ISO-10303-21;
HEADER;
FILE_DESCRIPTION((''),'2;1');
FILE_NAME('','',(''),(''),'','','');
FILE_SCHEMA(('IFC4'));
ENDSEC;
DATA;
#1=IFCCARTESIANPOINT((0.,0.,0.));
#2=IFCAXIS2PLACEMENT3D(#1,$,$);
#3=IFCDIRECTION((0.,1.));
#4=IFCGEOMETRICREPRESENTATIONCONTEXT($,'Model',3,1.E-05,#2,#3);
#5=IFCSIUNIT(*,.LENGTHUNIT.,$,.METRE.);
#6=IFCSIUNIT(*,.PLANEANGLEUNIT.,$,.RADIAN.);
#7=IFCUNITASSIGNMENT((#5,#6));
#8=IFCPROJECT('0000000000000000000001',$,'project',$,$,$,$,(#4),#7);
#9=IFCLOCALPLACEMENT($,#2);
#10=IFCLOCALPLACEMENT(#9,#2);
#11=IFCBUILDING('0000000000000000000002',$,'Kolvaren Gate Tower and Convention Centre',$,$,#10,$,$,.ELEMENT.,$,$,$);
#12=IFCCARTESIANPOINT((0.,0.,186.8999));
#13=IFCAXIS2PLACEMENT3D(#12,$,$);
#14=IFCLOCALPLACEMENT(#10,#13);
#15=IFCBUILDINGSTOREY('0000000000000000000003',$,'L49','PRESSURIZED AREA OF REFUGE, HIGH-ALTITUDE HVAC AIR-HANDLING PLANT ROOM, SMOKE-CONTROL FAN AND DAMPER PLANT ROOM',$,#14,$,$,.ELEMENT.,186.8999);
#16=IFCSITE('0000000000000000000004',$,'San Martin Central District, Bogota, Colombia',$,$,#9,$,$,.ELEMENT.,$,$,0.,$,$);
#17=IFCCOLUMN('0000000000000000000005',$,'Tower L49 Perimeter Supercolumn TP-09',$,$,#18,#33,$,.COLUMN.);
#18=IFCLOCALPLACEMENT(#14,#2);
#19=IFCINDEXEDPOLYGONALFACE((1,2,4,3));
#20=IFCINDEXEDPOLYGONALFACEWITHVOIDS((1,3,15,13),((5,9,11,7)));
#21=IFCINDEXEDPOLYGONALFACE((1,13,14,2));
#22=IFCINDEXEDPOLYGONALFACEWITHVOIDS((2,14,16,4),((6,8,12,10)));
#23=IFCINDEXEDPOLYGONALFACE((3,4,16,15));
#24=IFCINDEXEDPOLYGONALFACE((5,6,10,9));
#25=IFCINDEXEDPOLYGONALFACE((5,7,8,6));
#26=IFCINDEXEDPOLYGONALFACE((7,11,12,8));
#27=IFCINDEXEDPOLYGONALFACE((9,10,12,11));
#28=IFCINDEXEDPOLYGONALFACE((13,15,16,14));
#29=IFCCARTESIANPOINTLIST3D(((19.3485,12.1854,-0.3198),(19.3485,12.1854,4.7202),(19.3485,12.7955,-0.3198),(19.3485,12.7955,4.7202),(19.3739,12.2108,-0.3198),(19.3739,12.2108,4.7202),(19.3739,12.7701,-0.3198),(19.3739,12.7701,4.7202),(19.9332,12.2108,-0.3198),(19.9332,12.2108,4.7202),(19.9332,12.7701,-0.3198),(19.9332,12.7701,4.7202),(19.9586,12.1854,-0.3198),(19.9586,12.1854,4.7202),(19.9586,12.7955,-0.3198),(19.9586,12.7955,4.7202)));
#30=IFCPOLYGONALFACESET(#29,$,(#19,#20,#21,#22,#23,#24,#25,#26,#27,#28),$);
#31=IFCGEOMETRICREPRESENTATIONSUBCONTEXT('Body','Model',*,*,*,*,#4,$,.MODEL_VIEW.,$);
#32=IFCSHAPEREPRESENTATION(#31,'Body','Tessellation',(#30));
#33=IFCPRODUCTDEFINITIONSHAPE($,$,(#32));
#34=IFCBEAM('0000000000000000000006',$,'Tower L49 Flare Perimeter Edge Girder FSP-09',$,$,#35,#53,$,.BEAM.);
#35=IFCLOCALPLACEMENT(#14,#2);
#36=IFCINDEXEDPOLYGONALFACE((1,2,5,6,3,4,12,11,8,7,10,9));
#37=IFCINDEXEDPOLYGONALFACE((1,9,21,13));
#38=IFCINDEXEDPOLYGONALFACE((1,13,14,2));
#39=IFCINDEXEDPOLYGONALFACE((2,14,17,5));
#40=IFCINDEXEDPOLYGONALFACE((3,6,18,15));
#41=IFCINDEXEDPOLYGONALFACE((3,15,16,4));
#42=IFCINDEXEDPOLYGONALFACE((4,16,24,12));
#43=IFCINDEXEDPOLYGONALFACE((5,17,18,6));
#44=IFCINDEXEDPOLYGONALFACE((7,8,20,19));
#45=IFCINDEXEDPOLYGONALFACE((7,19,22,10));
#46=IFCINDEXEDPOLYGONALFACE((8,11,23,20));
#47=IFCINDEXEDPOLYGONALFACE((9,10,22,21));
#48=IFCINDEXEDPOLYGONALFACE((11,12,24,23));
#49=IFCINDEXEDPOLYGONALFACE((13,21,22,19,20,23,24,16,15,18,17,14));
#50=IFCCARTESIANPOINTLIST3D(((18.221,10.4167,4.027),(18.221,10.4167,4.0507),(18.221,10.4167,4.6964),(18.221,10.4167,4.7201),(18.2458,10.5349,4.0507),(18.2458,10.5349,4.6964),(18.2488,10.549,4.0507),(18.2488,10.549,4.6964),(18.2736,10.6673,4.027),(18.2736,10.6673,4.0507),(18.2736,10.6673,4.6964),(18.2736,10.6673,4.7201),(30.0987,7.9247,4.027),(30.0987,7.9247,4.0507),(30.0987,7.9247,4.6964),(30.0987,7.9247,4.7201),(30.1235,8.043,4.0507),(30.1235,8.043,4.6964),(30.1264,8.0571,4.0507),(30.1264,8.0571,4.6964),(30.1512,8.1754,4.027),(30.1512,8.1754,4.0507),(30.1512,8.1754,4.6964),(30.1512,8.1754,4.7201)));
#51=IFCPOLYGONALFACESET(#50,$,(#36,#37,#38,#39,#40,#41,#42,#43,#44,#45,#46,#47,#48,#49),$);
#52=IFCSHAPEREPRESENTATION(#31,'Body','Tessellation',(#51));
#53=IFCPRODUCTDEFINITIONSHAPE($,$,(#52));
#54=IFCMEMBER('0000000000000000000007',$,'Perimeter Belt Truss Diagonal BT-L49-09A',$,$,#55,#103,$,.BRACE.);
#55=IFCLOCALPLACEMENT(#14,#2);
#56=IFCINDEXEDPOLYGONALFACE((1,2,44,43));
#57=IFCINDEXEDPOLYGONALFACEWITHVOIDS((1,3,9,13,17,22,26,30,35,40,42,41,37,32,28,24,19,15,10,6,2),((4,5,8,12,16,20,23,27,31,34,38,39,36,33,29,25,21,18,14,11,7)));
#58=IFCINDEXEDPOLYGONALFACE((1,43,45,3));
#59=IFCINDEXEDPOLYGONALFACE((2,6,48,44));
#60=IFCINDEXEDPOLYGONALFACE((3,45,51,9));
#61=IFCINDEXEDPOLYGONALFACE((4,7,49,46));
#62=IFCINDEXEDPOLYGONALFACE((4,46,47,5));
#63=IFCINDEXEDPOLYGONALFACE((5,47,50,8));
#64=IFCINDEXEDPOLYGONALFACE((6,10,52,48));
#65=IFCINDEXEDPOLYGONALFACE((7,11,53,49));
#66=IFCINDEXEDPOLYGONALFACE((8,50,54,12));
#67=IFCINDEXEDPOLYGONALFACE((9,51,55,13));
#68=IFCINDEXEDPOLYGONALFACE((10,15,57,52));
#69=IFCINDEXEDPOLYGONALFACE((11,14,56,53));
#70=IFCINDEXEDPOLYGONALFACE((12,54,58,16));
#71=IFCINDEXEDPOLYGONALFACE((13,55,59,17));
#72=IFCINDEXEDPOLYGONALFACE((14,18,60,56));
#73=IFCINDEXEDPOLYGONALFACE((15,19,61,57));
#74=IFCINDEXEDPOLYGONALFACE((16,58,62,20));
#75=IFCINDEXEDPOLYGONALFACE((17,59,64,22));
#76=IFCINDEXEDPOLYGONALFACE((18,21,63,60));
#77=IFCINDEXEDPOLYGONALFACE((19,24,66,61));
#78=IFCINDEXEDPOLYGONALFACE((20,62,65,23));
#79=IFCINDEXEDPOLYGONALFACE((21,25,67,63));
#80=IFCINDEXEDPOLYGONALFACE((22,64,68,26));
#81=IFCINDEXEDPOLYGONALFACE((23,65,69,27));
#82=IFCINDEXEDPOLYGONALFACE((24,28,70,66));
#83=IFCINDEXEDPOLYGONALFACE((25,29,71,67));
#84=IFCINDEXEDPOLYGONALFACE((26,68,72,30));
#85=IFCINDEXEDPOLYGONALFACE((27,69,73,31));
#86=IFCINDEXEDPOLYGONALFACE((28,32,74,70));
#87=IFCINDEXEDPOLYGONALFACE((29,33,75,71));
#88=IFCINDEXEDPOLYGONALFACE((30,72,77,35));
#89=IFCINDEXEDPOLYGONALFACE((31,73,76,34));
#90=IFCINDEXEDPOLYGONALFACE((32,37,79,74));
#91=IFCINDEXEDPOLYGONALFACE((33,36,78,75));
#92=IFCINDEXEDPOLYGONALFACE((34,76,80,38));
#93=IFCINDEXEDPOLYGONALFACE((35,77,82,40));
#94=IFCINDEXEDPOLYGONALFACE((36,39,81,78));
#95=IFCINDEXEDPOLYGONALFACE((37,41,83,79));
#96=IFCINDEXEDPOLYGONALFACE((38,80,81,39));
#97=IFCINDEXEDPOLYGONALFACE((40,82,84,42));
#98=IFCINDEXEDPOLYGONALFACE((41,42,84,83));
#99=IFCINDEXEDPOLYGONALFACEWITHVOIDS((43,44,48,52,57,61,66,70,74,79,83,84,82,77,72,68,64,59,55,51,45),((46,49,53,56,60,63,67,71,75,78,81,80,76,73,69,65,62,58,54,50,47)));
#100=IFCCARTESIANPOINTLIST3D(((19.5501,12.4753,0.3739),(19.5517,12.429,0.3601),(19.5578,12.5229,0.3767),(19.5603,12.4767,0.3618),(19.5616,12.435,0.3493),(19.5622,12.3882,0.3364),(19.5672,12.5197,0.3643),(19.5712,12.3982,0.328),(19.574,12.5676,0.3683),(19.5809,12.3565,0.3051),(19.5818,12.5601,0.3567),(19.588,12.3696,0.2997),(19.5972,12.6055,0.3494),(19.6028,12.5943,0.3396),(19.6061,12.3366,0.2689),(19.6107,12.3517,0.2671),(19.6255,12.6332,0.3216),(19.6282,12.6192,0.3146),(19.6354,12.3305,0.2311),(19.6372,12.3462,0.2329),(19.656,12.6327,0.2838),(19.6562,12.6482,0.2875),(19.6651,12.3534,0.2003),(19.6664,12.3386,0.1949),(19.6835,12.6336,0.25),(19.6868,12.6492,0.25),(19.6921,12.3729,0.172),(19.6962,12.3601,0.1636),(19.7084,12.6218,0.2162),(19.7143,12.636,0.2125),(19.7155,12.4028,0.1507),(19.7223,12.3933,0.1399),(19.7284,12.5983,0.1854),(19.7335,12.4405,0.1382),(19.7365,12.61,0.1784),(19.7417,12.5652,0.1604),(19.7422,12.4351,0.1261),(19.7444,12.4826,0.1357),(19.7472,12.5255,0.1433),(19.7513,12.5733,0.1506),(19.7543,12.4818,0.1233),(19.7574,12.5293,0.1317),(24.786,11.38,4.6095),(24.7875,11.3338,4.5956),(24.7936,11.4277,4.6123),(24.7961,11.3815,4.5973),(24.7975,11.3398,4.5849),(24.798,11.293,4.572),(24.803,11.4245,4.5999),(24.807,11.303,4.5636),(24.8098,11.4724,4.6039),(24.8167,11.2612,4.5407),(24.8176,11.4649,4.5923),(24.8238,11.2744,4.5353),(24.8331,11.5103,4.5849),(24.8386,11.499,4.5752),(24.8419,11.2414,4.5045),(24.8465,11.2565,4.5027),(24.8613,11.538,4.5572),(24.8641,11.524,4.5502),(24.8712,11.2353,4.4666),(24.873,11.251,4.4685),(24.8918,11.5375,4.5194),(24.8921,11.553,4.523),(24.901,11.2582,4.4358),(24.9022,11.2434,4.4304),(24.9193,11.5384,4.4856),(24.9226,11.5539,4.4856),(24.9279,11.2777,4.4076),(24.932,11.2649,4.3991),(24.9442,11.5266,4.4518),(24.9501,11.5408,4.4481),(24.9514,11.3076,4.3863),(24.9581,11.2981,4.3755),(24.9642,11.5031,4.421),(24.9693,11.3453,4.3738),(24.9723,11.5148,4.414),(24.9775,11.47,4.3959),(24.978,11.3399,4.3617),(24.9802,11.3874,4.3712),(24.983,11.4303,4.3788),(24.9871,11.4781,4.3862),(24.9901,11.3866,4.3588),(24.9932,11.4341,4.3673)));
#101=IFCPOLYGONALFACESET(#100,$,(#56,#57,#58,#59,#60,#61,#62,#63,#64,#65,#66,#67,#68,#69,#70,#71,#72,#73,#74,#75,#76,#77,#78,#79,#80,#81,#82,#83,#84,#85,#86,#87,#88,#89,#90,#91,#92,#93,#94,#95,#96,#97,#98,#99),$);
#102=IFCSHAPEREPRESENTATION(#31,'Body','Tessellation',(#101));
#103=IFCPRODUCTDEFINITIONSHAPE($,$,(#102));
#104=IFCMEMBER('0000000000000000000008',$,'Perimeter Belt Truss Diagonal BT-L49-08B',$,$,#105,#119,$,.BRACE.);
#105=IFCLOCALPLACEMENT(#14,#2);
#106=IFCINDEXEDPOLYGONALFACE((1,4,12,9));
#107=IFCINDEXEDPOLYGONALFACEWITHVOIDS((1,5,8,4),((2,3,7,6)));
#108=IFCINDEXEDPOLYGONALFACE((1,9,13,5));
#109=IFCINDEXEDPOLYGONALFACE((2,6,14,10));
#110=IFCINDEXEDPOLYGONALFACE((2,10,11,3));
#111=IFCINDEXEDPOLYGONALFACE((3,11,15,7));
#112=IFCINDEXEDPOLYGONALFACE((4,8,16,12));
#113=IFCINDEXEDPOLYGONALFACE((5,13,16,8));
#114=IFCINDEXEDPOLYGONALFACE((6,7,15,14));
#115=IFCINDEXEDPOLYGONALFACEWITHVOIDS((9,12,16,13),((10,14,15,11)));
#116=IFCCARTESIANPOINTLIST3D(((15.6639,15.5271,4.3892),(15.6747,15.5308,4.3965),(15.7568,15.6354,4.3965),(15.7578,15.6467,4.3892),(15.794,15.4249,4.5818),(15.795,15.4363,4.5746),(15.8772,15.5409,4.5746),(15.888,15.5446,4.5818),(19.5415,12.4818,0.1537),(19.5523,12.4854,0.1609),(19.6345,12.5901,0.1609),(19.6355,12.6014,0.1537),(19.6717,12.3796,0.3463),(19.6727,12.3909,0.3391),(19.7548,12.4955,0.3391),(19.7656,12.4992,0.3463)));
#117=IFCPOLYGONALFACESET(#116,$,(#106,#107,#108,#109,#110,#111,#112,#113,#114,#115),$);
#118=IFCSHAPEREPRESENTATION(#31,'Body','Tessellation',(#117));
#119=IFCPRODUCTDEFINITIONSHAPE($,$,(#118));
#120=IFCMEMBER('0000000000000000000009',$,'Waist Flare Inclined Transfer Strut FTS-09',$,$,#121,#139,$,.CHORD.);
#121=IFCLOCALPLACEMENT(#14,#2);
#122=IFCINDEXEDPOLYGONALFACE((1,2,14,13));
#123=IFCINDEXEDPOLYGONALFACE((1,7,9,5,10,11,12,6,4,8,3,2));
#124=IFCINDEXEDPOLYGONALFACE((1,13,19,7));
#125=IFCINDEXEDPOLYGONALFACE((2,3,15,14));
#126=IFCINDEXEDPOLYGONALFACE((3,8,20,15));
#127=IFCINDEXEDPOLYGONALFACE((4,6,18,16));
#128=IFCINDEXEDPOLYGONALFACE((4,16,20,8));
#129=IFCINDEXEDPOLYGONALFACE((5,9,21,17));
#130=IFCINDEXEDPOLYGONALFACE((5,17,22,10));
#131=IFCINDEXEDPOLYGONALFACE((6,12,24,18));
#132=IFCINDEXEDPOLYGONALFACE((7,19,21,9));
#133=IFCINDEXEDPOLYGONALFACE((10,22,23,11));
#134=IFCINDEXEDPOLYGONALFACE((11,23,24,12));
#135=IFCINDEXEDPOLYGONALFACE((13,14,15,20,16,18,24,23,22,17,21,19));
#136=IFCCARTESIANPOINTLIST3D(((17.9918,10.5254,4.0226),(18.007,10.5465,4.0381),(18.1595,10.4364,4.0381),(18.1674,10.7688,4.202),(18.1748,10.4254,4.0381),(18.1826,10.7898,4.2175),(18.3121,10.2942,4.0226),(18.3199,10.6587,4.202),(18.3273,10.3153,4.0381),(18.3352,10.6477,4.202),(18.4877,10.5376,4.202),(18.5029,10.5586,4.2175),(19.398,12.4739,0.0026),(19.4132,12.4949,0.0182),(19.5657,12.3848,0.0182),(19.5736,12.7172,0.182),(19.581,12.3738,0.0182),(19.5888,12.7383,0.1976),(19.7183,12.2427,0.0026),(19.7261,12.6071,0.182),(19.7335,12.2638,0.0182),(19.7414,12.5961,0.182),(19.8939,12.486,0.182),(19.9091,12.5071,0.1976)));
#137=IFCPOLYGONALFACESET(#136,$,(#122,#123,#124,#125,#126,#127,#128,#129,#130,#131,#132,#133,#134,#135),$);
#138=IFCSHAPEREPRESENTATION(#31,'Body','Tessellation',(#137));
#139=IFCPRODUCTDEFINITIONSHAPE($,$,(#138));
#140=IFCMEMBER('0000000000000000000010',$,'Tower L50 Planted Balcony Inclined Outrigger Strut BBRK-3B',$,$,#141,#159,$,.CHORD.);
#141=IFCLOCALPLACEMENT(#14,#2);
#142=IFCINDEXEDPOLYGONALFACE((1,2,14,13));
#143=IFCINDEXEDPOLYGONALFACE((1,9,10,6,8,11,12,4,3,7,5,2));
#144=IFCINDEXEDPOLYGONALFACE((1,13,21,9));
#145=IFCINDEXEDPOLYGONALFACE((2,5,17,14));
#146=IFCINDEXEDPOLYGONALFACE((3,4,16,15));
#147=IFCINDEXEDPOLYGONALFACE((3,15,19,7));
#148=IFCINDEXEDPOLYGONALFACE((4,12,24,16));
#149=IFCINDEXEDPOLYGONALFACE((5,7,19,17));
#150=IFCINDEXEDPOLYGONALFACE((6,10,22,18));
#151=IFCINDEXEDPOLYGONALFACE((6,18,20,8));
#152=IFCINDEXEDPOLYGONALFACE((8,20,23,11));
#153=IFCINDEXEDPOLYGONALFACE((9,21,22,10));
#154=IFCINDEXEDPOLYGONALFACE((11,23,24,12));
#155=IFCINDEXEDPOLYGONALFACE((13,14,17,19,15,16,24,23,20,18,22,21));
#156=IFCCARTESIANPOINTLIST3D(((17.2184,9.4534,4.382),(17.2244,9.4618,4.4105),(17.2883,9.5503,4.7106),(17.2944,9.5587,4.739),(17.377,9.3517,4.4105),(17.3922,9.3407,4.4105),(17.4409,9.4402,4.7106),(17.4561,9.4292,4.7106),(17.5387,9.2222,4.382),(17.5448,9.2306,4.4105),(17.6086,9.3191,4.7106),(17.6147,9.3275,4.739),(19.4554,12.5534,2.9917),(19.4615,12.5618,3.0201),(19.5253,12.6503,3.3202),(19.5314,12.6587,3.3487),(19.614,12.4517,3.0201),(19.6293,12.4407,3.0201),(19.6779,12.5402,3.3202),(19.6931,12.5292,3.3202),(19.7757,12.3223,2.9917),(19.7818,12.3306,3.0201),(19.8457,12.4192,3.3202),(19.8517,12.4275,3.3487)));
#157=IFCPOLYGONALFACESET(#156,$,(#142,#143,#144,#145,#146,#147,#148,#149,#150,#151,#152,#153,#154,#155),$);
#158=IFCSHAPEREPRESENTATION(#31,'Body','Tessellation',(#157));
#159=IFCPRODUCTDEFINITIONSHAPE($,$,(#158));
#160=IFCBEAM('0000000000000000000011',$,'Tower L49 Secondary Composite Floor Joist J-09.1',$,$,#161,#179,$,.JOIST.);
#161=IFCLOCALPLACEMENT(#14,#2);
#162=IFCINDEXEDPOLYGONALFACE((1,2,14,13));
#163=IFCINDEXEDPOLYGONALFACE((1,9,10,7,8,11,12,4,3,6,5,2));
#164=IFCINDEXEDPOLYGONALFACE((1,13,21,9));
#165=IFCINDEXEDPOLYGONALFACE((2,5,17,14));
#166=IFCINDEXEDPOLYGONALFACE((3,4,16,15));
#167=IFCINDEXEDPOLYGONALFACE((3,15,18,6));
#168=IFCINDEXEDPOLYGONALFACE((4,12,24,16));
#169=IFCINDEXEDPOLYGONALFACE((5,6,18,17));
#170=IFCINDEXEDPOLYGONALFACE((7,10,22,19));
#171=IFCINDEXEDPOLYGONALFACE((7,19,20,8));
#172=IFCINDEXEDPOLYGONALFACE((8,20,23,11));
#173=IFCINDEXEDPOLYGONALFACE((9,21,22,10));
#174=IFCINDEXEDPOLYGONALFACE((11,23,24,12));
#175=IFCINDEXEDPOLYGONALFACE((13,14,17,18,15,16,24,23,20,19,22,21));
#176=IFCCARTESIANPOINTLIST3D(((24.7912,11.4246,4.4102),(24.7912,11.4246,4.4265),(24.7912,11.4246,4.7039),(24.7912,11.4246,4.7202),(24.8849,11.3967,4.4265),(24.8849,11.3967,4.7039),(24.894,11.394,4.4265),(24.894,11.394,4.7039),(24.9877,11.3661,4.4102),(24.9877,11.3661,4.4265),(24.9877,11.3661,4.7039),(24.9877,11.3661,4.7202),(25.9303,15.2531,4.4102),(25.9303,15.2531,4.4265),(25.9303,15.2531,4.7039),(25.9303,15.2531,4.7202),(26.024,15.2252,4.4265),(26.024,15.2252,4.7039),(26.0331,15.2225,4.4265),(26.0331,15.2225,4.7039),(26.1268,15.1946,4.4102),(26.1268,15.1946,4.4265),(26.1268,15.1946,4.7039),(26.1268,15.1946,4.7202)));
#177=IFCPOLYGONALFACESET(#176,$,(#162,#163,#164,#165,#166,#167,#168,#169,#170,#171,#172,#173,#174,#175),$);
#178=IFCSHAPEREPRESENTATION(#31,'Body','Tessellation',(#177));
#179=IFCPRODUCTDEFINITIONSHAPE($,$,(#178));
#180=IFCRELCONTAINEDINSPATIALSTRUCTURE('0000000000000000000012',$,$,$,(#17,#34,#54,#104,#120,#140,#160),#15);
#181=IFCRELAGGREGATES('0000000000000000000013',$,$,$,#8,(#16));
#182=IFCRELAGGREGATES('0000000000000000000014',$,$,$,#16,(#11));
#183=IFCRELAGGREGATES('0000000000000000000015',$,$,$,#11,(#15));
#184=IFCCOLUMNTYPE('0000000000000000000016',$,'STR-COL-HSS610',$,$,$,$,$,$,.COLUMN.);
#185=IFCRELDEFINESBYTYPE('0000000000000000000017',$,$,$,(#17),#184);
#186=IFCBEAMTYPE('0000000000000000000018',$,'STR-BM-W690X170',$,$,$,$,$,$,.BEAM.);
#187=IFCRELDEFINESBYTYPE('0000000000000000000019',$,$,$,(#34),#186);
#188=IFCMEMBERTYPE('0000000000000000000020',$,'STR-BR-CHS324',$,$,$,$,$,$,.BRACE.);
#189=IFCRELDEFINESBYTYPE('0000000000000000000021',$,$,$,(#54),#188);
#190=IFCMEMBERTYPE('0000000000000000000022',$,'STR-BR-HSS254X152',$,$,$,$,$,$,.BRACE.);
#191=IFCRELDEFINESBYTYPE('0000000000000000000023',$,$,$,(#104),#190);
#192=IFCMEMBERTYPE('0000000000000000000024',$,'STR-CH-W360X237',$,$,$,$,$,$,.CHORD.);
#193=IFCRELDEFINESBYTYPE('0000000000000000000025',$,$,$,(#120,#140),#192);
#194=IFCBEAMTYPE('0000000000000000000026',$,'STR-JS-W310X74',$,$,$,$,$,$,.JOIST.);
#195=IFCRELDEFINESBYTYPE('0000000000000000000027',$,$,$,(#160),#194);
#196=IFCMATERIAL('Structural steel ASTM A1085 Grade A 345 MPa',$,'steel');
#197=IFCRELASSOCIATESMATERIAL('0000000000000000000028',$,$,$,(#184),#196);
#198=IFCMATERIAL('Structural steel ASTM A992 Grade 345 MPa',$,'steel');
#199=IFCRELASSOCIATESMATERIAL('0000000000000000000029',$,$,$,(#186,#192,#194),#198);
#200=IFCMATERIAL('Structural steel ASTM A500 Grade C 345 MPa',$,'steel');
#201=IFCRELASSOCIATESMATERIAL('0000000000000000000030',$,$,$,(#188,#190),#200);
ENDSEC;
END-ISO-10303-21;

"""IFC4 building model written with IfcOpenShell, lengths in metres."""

from ifc_helpers import new_model, si_unit, direction, frame, origin, origin_2d, place, context, subcontext, project, spatial, hollow_rectangle, hollow_circle, i_section, extrude, material, material_profile, profile_set, type_object, element, save


model = new_model("IFC4")

# Units and contexts
model_context = context("Model", 3, precision=1e-05, world=origin(), true_north=direction((0.0, 1.0)))
body_context = subcontext(model_context, "Body", "Model", "MODEL_VIEW")
ifc_project = project(units=[si_unit("LENGTHUNIT", "METRE"), si_unit("PLANEANGLEUNIT", "RADIAN")], contexts=[model_context])

# Site, building, storey
site_placement = place(None, origin())
site = spatial("IfcSite", under=ifc_project, at=site_placement, Name="San Martin Central District, Bogota, Colombia", CompositionType="ELEMENT", RefElevation=0.0)
building_placement = place(site_placement, origin())
building = spatial("IfcBuilding", under=site, at=building_placement, Name="Kolvaren Gate Tower and Convention Centre", CompositionType="ELEMENT")
storey_placement = place(building_placement, frame((0.0, 0.0, 186.8999)))
storey = spatial("IfcBuildingStorey", under=building, at=storey_placement, Name="L49", Description="PRESSURIZED AREA OF REFUGE, HIGH-ALTITUDE HVAC AIR-HANDLING PLANT ROOM, SMOKE-CONTROL FAN AND DAMPER PLANT ROOM", CompositionType="ELEMENT", Elevation=186.8999)

# Column
ifc_material_1 = material(Name="Structural steel ASTM A1085 Grade A 345 MPa", Category="steel")
ifc_material_profile_1 = material_profile(ifc_material_1, hollow_rectangle(XDim=0.6101, YDim=0.6101, WallThickness=0.0254, at=origin_2d()), Name="HSS610X610X25.4")
ifc_profile_set_1 = profile_set([ifc_material_profile_1], Name="Structural steel ASTM A1085 Grade A 345 MPa")
column_type = type_object("IfcColumnType", Name="STR-COL-HSS610", PredefinedType="COLUMN", material=ifc_profile_set_1)
column_placement = place(storey_placement, frame((19.6536, 12.4905, -0.3198), z_axis=(0.0, 0.0, 1.0), x_axis=(1.0, 0.0, 0.0)))
element("IfcColumn", 1, at=column_placement, inside=storey, type_object=column_type, Name="Tower L49 Perimeter Supercolumn TP-09", PredefinedType="COLUMN", context=body_context, shape_type="SweptSolid", body=[
    extrude(hollow_rectangle(XDim=0.6101, YDim=0.6101, WallThickness=0.0254, at=origin_2d()), origin(), (0.0, 0.0, 1.0), 5.04),
])

# Beam
ifc_material_2 = material(Name="Structural steel ASTM A992 Grade 345 MPa", Category="steel")
ifc_material_profile_2 = material_profile(ifc_material_2, i_section(OverallWidth=0.2561, OverallDepth=0.6931, WebThickness=0.0144, FlangeThickness=0.0237, at=origin_2d()), Name="W690X170")
ifc_profile_set_2 = profile_set([ifc_material_profile_2], Name="Structural steel ASTM A992 Grade 345 MPa")
beam_type_1 = type_object("IfcBeamType", Name="STR-BM-W690X170", PredefinedType="BEAM", material=ifc_profile_set_2)
beam_1_placement = place(storey_placement, frame((18.2473, 10.542, 4.3735), z_axis=(0.978693, -0.20533, 0.0), x_axis=(0.20533, 0.978693, 0.0)))
element("IfcBeam", 2, at=beam_1_placement, inside=storey, type_object=beam_type_1, Name="Tower L49 Flare Perimeter Edge Girder FSP-09", PredefinedType="BEAM", context=body_context, shape_type="SweptSolid", body=[
    extrude(i_section(OverallWidth=0.2561, OverallDepth=0.6931, WebThickness=0.0144, FlangeThickness=0.0237, at=origin_2d()), origin(), (0.0, 0.0, 1.0), 12.1362),
])

# Members
ifc_material_3 = material(Name="Structural steel ASTM A500 Grade C 345 MPa", Category="steel")
ifc_material_profile_3 = material_profile(ifc_material_3, hollow_circle(Radius=0.1621, WallThickness=0.0159, at=origin_2d()), Name="CHS324X15.9")
ifc_profile_set_3 = profile_set([ifc_material_profile_3], Name="Structural steel ASTM A500 Grade C 345 MPa")
member_type_1 = type_object("IfcMemberType", Name="STR-BR-CHS324", PredefinedType="BRACE", material=ifc_profile_set_3)
member_1_placement = place(storey_placement, frame((19.6536, 12.4905, 0.25), z_axis=(0.767377, -0.160517, 0.620779), x_axis=(0.204745, 0.978815, 0.0)))
element("IfcMember", 3, at=member_1_placement, inside=storey, type_object=member_type_1, Name="Perimeter Belt Truss Diagonal BT-L49-09A", PredefinedType="BRACE", context=body_context, shape_type="SweptSolid", body=[
    extrude(hollow_circle(Radius=0.1621, WallThickness=0.0159, at=origin_2d()), origin(), (0.0, 0.0, 1.0), 6.823),
])
ifc_material_profile_4 = material_profile(ifc_material_3, hollow_rectangle(XDim=0.1521, YDim=0.2539, WallThickness=0.0095, at=origin_2d()), Name="HSS254X152X9.5")
ifc_profile_set_4 = profile_set([ifc_material_profile_4], Name="Structural steel ASTM A500 Grade C 345 MPa")
member_type_2 = type_object("IfcMemberType", Name="STR-BR-HSS254X152", PredefinedType="BRACE", material=ifc_profile_set_4)
member_2_placement = place(storey_placement, frame((19.6536, 12.4905, 0.25), z_axis=(-0.596558, 0.468518, 0.651621), x_axis=(-0.617653, -0.786451, 0.0)))
element("IfcMember", 4, at=member_2_placement, inside=storey, type_object=member_type_2, Name="Perimeter Belt Truss Diagonal BT-L49-08B", PredefinedType="BRACE", context=body_context, shape_type="SweptSolid", body=[
    extrude(hollow_rectangle(XDim=0.1521, YDim=0.2539, WallThickness=0.0095, at=origin_2d()), origin(), (0.0, 0.0, 1.0), 6.5),
])
ifc_material_profile_5 = material_profile(ifc_material_2, i_section(OverallWidth=0.395, OverallDepth=0.3799, WebThickness=0.0188, FlangeThickness=0.0303, at=origin_2d()), Name="W360X237")
ifc_profile_set_5 = profile_set([ifc_material_profile_5], Name="Structural steel ASTM A992 Grade 345 MPa")
member_type_3 = type_object("IfcMemberType", Name="STR-CH-W360X237", PredefinedType="CHORD", material=ifc_profile_set_5)
member_3_placement = place(storey_placement, frame((19.6536, 12.4905, 0.1001), z_axis=(-0.300259, -0.416037, 0.858346), x_axis=(0.810875, -0.58522, 0.0)))
element("IfcMember", 5, at=member_3_placement, inside=storey, type_object=member_type_3, Name="Waist Flare Inclined Transfer Strut FTS-09", PredefinedType="CHORD", context=body_context, shape_type="SweptSolid", body=[
    extrude(i_section(OverallWidth=0.395, OverallDepth=0.3799, WebThickness=0.0188, FlangeThickness=0.0303, at=origin_2d()), origin(), (0.0, 0.0, 1.0), 4.6833),
])
member_4_placement = place(storey_placement, frame((19.6536, 12.4905, 3.1702), z_axis=(-0.549924, -0.762079, 0.341789), x_axis=(0.810915, -0.585164, 0.0)))
element("IfcMember", 6, at=member_4_placement, inside=storey, type_object=member_type_3, Name="Tower L50 Planted Balcony Inclined Outrigger Strut BBRK-3B", PredefinedType="CHORD", context=body_context, shape_type="SweptSolid", body=[
    extrude(i_section(OverallWidth=0.395, OverallDepth=0.3799, WebThickness=0.0188, FlangeThickness=0.0303, at=origin_2d()), origin(), (0.0, 0.0, 1.0), 4.0679),
])

# Beam
ifc_material_profile_6 = material_profile(ifc_material_2, i_section(OverallWidth=0.2051, OverallDepth=0.3101, WebThickness=0.0095, FlangeThickness=0.0164, at=origin_2d()), Name="W310X74")
ifc_profile_set_6 = profile_set([ifc_material_profile_6], Name="Structural steel ASTM A992 Grade 345 MPa")
beam_type_2 = type_object("IfcBeamType", Name="STR-JS-W310X74", PredefinedType="JOIST", material=ifc_profile_set_6)
beam_2_placement = place(storey_placement, frame((26.0286, 15.2239, 4.5652), z_axis=(-0.285183, -0.958473, 0.0), x_axis=(0.958473, -0.285183, 0.0)))
element("IfcBeam", 7, at=beam_2_placement, inside=storey, type_object=beam_type_2, Name="Tower L49 Secondary Composite Floor Joist J-09.1", PredefinedType="JOIST", context=body_context, shape_type="SweptSolid", body=[
    extrude(i_section(OverallWidth=0.2051, OverallDepth=0.3101, WebThickness=0.0095, FlangeThickness=0.0164, at=origin_2d()), origin(), (0.0, 0.0, 1.0), 3.9944),
])

save(model, "model.ifc")
